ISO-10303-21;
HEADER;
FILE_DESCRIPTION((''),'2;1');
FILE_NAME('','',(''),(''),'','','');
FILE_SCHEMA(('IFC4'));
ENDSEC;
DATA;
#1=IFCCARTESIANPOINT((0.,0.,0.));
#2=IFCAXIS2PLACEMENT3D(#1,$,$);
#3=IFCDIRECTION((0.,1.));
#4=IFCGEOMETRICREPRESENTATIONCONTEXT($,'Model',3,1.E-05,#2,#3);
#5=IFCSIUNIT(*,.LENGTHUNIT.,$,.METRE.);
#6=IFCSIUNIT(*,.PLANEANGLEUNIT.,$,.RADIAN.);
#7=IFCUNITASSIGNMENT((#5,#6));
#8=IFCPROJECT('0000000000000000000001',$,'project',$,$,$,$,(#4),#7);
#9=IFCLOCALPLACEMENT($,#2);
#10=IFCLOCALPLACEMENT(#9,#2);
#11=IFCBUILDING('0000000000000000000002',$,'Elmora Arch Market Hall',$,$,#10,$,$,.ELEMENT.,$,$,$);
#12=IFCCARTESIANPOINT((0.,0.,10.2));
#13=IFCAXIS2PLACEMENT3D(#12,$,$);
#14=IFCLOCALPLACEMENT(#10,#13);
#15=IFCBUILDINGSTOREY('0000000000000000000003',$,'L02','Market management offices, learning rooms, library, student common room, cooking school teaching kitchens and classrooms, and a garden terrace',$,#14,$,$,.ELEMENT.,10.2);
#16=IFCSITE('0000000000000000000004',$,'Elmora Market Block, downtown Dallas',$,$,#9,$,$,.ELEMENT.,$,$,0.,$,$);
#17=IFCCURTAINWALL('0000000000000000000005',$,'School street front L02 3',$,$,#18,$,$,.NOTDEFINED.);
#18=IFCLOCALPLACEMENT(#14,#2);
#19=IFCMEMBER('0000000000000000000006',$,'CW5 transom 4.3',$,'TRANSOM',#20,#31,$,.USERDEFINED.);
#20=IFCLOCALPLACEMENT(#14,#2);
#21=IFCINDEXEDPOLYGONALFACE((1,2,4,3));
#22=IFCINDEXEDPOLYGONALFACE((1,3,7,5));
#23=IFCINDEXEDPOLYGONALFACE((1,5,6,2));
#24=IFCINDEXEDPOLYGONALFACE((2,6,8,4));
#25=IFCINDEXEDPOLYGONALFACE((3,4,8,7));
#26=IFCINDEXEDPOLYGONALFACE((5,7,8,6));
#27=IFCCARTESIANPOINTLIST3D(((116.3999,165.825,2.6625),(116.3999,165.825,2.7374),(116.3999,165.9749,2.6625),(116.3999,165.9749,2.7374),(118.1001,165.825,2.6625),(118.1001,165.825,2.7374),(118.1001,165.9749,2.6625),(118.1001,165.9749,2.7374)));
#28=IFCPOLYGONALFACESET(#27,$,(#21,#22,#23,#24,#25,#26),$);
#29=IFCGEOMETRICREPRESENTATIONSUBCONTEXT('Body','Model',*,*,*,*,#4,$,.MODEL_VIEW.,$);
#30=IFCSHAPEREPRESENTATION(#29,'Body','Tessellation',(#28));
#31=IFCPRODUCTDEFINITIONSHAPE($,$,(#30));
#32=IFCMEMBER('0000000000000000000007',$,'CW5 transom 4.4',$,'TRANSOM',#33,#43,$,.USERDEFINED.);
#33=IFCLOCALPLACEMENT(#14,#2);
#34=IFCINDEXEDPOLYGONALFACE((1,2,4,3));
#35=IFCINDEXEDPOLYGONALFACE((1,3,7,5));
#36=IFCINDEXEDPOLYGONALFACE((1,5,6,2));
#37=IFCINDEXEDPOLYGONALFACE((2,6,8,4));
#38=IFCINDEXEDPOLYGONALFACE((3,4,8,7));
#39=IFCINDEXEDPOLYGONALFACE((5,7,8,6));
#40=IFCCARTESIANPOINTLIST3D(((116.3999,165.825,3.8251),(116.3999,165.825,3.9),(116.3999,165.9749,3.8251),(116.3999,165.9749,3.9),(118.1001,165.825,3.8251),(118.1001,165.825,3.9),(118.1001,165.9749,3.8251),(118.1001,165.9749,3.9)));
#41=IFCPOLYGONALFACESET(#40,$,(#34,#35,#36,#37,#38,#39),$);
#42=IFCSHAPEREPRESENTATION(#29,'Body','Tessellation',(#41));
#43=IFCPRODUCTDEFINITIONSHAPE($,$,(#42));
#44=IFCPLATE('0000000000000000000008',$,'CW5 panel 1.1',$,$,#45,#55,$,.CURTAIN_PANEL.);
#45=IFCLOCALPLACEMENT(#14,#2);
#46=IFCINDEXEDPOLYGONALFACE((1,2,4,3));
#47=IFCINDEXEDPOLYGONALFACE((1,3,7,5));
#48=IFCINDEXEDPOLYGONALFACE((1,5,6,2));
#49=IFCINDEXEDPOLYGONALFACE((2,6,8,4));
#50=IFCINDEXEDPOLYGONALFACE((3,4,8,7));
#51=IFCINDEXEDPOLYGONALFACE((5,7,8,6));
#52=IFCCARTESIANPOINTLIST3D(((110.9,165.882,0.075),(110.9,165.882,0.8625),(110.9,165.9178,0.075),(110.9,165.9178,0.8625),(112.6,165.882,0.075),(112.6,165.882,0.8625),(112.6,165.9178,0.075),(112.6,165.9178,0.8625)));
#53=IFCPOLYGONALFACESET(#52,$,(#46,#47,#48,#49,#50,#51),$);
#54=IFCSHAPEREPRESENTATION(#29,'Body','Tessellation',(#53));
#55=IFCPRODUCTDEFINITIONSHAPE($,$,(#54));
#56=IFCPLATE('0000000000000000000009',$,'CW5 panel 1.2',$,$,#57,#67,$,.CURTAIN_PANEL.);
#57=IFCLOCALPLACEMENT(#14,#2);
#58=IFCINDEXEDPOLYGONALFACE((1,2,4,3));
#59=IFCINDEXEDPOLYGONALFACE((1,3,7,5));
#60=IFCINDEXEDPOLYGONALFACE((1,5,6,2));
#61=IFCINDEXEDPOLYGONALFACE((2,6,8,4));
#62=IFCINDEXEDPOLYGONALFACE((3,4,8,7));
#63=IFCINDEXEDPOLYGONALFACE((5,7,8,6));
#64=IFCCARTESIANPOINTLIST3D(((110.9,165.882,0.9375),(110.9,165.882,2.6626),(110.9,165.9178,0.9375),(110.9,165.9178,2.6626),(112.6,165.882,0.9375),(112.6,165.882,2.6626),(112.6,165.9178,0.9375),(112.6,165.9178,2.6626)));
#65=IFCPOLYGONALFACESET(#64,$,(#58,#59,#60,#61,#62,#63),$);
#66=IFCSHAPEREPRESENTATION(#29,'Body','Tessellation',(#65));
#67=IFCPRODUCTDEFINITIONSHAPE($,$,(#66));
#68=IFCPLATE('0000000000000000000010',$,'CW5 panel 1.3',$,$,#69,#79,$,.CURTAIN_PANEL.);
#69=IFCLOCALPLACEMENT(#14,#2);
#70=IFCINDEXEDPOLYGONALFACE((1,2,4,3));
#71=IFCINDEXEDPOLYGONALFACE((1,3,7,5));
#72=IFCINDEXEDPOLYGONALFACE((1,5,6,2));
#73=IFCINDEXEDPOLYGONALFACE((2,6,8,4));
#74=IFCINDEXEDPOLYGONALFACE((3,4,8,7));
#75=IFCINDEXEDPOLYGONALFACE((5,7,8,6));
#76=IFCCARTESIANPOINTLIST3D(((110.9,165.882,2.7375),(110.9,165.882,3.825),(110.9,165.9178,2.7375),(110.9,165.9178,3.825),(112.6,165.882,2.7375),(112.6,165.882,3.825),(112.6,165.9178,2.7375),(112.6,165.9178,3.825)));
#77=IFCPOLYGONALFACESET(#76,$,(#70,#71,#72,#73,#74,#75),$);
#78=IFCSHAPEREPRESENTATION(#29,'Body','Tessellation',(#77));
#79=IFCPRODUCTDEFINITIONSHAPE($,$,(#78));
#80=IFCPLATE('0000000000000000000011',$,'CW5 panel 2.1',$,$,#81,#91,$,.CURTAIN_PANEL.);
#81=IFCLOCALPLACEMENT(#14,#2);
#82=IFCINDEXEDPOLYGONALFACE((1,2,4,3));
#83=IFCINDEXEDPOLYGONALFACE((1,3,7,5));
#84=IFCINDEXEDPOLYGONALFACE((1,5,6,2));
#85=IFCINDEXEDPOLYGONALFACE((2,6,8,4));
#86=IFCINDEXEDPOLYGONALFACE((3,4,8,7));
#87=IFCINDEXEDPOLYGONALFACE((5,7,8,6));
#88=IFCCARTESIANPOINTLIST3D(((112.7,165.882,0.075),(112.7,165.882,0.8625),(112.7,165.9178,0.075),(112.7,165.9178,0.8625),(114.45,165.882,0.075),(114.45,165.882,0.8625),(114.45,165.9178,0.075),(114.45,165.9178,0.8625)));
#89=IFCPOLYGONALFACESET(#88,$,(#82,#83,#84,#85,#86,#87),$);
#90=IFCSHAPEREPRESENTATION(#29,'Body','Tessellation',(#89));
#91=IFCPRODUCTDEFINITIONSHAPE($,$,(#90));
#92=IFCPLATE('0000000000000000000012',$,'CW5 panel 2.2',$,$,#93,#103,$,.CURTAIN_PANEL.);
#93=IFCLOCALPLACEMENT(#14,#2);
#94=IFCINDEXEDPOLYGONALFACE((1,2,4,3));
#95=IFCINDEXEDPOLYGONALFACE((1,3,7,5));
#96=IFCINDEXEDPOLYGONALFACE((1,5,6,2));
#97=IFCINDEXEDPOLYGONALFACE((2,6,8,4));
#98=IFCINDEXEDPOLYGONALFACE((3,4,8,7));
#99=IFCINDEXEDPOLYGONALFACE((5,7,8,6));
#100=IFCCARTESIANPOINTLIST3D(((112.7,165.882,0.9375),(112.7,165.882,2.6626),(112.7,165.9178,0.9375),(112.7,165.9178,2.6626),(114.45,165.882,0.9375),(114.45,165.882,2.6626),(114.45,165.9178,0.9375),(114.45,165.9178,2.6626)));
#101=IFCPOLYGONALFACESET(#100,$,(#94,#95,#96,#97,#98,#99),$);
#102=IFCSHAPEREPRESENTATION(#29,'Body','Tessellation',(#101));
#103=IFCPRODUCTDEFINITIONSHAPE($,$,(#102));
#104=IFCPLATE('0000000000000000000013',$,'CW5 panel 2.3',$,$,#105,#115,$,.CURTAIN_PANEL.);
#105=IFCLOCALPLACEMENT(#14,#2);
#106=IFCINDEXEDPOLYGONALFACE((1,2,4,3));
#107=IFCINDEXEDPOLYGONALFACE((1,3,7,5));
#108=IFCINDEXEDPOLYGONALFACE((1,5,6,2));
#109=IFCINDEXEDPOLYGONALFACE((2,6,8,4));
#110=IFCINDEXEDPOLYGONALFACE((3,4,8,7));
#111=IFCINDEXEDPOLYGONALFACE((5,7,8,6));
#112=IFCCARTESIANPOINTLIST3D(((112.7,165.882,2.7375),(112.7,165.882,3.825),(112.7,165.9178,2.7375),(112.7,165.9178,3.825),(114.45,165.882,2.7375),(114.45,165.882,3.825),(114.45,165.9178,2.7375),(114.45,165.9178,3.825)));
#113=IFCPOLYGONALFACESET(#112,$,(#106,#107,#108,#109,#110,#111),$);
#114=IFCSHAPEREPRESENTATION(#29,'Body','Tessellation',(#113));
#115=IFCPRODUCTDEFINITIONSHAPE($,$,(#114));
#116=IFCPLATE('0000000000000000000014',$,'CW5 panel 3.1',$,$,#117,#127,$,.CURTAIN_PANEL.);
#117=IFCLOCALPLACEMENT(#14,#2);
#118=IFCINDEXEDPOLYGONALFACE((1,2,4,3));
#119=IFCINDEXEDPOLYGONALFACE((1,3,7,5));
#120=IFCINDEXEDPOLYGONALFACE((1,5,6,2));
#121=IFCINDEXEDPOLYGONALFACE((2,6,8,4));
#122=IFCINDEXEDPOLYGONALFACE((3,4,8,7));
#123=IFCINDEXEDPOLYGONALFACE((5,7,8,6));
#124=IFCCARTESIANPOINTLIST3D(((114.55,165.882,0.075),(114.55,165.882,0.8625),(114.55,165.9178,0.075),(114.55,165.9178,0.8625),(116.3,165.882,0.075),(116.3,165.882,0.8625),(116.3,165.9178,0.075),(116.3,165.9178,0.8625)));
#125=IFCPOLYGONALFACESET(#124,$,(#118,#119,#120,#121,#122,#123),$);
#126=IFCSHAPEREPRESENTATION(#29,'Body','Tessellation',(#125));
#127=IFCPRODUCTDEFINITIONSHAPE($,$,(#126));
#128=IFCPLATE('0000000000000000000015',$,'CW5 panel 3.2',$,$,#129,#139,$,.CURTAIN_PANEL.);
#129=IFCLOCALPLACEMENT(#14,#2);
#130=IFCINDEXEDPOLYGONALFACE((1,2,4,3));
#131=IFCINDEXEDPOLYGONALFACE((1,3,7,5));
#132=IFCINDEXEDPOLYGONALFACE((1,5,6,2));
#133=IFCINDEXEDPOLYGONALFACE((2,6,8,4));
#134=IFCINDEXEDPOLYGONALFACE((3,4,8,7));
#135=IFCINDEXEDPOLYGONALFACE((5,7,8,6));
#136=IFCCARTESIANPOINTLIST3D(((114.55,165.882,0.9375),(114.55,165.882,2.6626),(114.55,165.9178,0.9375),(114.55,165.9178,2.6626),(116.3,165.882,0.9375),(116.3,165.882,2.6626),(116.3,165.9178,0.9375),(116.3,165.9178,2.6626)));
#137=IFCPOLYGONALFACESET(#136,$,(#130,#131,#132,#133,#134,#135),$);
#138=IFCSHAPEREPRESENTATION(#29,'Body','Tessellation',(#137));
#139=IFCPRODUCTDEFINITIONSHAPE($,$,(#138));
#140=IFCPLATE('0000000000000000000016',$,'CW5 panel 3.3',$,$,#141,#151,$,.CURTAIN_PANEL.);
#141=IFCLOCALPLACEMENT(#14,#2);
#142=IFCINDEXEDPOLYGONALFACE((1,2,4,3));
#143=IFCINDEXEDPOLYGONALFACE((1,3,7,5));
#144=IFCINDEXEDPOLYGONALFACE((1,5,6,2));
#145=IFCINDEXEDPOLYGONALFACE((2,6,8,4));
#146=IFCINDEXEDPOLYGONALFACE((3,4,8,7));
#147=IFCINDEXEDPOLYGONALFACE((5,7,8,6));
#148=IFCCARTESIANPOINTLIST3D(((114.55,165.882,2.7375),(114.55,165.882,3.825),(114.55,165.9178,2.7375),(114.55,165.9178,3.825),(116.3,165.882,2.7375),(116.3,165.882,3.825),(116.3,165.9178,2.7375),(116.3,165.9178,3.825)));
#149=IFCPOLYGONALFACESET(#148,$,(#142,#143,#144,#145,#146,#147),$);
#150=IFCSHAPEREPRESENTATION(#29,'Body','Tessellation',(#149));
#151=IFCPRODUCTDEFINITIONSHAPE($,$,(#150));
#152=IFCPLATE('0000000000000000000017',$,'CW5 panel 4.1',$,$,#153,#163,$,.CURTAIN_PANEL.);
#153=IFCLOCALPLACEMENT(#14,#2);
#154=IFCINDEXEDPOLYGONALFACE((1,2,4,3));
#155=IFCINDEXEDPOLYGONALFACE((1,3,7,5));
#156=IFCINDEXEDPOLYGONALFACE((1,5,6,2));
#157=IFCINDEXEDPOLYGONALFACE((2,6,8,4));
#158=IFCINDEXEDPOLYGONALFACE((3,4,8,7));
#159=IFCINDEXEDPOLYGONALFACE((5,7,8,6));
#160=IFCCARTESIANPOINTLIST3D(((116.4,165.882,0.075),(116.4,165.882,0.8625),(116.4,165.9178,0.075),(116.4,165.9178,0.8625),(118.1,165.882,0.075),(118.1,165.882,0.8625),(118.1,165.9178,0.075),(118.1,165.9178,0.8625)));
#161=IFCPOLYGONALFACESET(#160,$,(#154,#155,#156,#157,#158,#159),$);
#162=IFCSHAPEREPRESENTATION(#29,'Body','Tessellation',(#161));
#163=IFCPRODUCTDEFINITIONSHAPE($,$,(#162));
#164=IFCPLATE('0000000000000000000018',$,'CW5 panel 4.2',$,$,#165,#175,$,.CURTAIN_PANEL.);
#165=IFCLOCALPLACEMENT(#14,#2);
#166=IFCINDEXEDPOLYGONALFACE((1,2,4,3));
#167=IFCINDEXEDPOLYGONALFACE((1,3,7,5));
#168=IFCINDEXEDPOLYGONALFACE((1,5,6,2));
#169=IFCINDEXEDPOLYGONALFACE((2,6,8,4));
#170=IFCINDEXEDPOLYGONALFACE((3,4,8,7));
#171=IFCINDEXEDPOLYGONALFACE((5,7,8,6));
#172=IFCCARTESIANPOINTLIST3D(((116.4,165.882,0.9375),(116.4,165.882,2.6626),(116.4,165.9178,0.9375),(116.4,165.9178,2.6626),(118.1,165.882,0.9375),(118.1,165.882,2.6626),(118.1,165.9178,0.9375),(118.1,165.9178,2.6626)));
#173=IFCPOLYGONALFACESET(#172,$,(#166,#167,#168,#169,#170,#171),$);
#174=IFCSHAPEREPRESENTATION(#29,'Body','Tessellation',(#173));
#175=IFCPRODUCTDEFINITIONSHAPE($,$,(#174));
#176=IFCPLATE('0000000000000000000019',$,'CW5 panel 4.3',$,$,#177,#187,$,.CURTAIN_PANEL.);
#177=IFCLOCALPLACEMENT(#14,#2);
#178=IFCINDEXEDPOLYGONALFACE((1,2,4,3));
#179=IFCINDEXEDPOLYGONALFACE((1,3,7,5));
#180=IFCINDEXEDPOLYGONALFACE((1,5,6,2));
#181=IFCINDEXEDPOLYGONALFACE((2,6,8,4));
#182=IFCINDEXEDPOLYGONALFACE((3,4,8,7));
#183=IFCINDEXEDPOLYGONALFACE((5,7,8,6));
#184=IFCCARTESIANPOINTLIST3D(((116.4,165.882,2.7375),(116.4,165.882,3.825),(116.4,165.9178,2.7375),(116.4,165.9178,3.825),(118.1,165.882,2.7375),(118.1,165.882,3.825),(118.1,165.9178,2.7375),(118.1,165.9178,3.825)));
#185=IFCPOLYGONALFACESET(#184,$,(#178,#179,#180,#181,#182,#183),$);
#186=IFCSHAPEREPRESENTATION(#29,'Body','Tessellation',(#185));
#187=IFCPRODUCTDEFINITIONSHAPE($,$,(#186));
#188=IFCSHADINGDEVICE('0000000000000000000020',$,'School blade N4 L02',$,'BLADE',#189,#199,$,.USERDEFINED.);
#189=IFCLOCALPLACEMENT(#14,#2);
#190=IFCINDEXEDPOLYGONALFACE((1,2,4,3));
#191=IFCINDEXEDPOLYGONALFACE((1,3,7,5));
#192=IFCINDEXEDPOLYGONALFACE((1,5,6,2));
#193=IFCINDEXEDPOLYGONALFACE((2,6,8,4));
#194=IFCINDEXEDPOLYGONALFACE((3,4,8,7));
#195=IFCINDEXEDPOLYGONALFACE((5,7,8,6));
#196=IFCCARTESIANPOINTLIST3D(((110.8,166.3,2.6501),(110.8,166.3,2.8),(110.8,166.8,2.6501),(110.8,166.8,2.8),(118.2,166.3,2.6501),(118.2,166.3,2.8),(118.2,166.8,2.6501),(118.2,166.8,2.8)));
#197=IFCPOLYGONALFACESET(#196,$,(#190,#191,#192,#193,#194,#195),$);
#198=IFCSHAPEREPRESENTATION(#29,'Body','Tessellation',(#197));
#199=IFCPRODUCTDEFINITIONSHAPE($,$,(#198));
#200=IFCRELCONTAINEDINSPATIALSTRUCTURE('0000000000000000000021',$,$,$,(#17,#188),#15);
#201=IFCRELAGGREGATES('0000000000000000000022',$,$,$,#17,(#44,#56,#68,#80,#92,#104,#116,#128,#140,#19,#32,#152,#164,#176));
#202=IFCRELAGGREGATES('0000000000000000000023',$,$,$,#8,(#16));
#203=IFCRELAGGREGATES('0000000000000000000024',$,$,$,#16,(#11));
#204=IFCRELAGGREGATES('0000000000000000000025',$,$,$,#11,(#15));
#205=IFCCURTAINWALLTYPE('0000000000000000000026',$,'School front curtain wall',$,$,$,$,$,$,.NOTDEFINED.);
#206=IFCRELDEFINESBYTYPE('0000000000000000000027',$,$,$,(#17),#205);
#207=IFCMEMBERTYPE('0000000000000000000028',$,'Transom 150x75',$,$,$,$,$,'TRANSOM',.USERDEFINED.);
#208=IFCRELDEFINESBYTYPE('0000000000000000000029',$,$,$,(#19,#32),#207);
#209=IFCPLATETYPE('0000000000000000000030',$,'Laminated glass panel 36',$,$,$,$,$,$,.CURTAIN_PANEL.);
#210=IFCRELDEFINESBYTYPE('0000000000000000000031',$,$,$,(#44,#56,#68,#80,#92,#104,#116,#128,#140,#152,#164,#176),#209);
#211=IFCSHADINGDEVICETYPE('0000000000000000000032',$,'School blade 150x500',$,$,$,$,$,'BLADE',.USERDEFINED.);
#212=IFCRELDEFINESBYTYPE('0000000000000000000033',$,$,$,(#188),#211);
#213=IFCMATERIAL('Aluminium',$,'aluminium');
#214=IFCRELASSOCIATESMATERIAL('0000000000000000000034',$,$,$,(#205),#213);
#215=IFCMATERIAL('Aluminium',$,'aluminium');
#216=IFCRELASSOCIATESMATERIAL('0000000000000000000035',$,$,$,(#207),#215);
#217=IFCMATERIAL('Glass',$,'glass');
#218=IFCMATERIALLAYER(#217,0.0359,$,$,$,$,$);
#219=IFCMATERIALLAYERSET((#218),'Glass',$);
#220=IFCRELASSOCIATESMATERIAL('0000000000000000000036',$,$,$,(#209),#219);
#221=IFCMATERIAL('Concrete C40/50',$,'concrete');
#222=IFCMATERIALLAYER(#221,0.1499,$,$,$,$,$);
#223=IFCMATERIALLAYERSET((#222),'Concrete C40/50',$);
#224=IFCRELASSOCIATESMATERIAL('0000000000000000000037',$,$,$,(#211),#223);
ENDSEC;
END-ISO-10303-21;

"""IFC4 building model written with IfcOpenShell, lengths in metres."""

from ifc_helpers import new_model, si_unit, direction, frame, origin, origin_2d, place, context, subcontext, project, spatial, rectangle, extrude, material, layer, layer_set, material_profile, profile_set, type_object, element, aggregate, save


model = new_model("IFC4")

# Units and contexts
model_context = context("Model", 3, precision=1e-05, world=origin(), true_north=direction((0.0, 1.0)))
body_context = subcontext(model_context, "Body", "Model", "MODEL_VIEW")
ifc_project = project(units=[si_unit("LENGTHUNIT", "METRE"), si_unit("PLANEANGLEUNIT", "RADIAN")], contexts=[model_context])

# Site, building, storey
site_placement = place(None, origin())
site = spatial("IfcSite", under=ifc_project, at=site_placement, Name="Elmora Market Block, downtown Dallas", CompositionType="ELEMENT", RefElevation=0.0)
building_placement = place(site_placement, origin())
building = spatial("IfcBuilding", under=site, at=building_placement, Name="Elmora Arch Market Hall", CompositionType="ELEMENT")
storey_placement = place(building_placement, frame((0.0, 0.0, 10.2)))
storey = spatial("IfcBuildingStorey", under=building, at=storey_placement, Name="L02", Description="Market management offices, learning rooms, library, student common room, cooking school teaching kitchens and classrooms, and a garden terrace", CompositionType="ELEMENT", Elevation=10.2)

# Curtain wall, members, plates
ifc_material_1 = material(Name="Aluminium", Category="aluminium")
curtain_wall_type = type_object("IfcCurtainWallType", Name="School front curtain wall", PredefinedType="NOTDEFINED", material=ifc_material_1)
curtain_wall_placement = place(storey_placement, origin())
curtain_wall = element("IfcCurtainWall", 1, at=curtain_wall_placement, inside=storey, type_object=curtain_wall_type, Name="School street front L02 3", PredefinedType="NOTDEFINED")
ifc_material_2 = material(Name="Aluminium", Category="aluminium")
ifc_material_profile_1 = material_profile(ifc_material_2, rectangle(XDim=0.1499, YDim=0.075, at=origin_2d()), Name="AL 150x75")
ifc_profile_set_1 = profile_set([ifc_material_profile_1], Name="Aluminium")
member_type_1 = type_object("IfcMemberType", Name="Transom 150x75", ElementType="TRANSOM", PredefinedType="USERDEFINED", material=ifc_profile_set_1)
member_1_placement = place(storey_placement, frame((116.3999, 165.8999, 2.7), z_axis=(1.0, 0.0, 0.0), x_axis=(0.0, 1.0, 0.0)))
member_1 = element("IfcMember", 2, at=member_1_placement, type_object=member_type_1, Name="CW5 transom 4.3", ObjectType="TRANSOM", PredefinedType="USERDEFINED", context=body_context, shape_type="SweptSolid", body=[
    extrude(rectangle(XDim=0.1499, YDim=0.075, at=origin_2d()), origin(), (0.0, 0.0, 1.0), 1.7002),
])
member_2_placement = place(storey_placement, frame((116.3999, 165.8999, 3.8625), z_axis=(1.0, 0.0, 0.0), x_axis=(0.0, 1.0, 0.0)))
member_2 = element("IfcMember", 3, at=member_2_placement, type_object=member_type_1, Name="CW5 transom 4.4", ObjectType="TRANSOM", PredefinedType="USERDEFINED", context=body_context, shape_type="SweptSolid", body=[
    extrude(rectangle(XDim=0.1499, YDim=0.075, at=origin_2d()), origin(), (0.0, 0.0, 1.0), 1.7002),
])
ifc_material_3 = material(Name="Glass", Category="glass")
ifc_layer_1 = layer(ifc_material_3, 0.0359)
ifc_layer_set_1 = layer_set([ifc_layer_1], Name="Glass")
plate_type = type_object("IfcPlateType", Name="Laminated glass panel 36", PredefinedType="CURTAIN_PANEL", material=ifc_layer_set_1)
plate_1_placement = place(storey_placement, frame((111.75, 165.8999, 0.075), z_axis=(0.0, 0.0, 1.0), x_axis=(1.0, 0.0, 0.0)))
plate_1 = element("IfcPlate", 4, at=plate_1_placement, type_object=plate_type, Name="CW5 panel 1.1", PredefinedType="CURTAIN_PANEL", context=body_context, shape_type="SweptSolid", body=[
    extrude(rectangle(XDim=1.7, YDim=0.0359, at=origin_2d()), origin(), (0.0, 0.0, 1.0), 0.7876),
])
plate_2_placement = place(storey_placement, frame((111.75, 165.8999, 0.9375), z_axis=(0.0, 0.0, 1.0), x_axis=(1.0, 0.0, 0.0)))
plate_2 = element("IfcPlate", 5, at=plate_2_placement, type_object=plate_type, Name="CW5 panel 1.2", PredefinedType="CURTAIN_PANEL", context=body_context, shape_type="SweptSolid", body=[
    extrude(rectangle(XDim=1.7, YDim=0.0359, at=origin_2d()), origin(), (0.0, 0.0, 1.0), 1.7251),
])
plate_3_placement = place(storey_placement, frame((111.75, 165.8999, 2.7375), z_axis=(0.0, 0.0, 1.0), x_axis=(1.0, 0.0, 0.0)))
plate_3 = element("IfcPlate", 6, at=plate_3_placement, type_object=plate_type, Name="CW5 panel 1.3", PredefinedType="CURTAIN_PANEL", context=body_context, shape_type="SweptSolid", body=[
    extrude(rectangle(XDim=1.7, YDim=0.0359, at=origin_2d()), origin(), (0.0, 0.0, 1.0), 1.0874),
])
plate_4_placement = place(storey_placement, frame((113.575, 165.8999, 0.075), z_axis=(0.0, 0.0, 1.0), x_axis=(1.0, 0.0, 0.0)))
plate_4 = element("IfcPlate", 7, at=plate_4_placement, type_object=plate_type, Name="CW5 panel 2.1", PredefinedType="CURTAIN_PANEL", context=body_context, shape_type="SweptSolid", body=[
    extrude(rectangle(XDim=1.75, YDim=0.0359, at=origin_2d()), origin(), (0.0, 0.0, 1.0), 0.7876),
])
plate_5_placement = place(storey_placement, frame((113.575, 165.8999, 0.9375), z_axis=(0.0, 0.0, 1.0), x_axis=(1.0, 0.0, 0.0)))
plate_5 = element("IfcPlate", 8, at=plate_5_placement, type_object=plate_type, Name="CW5 panel 2.2", PredefinedType="CURTAIN_PANEL", context=body_context, shape_type="SweptSolid", body=[
    extrude(rectangle(XDim=1.75, YDim=0.0359, at=origin_2d()), origin(), (0.0, 0.0, 1.0), 1.7251),
])
plate_6_placement = place(storey_placement, frame((113.575, 165.8999, 2.7375), z_axis=(0.0, 0.0, 1.0), x_axis=(1.0, 0.0, 0.0)))
plate_6 = element("IfcPlate", 9, at=plate_6_placement, type_object=plate_type, Name="CW5 panel 2.3", PredefinedType="CURTAIN_PANEL", context=body_context, shape_type="SweptSolid", body=[
    extrude(rectangle(XDim=1.75, YDim=0.0359, at=origin_2d()), origin(), (0.0, 0.0, 1.0), 1.0874),
])
plate_7_placement = place(storey_placement, frame((115.425, 165.8999, 0.075), z_axis=(0.0, 0.0, 1.0), x_axis=(1.0, 0.0, 0.0)))
plate_7 = element("IfcPlate", 10, at=plate_7_placement, type_object=plate_type, Name="CW5 panel 3.1", PredefinedType="CURTAIN_PANEL", context=body_context, shape_type="SweptSolid", body=[
    extrude(rectangle(XDim=1.75, YDim=0.0359, at=origin_2d()), origin(), (0.0, 0.0, 1.0), 0.7876),
])
plate_8_placement = place(storey_placement, frame((115.425, 165.8999, 0.9375), z_axis=(0.0, 0.0, 1.0), x_axis=(1.0, 0.0, 0.0)))
plate_8 = element("IfcPlate", 11, at=plate_8_placement, type_object=plate_type, Name="CW5 panel 3.2", PredefinedType="CURTAIN_PANEL", context=body_context, shape_type="SweptSolid", body=[
    extrude(rectangle(XDim=1.75, YDim=0.0359, at=origin_2d()), origin(), (0.0, 0.0, 1.0), 1.7251),
])
plate_9_placement = place(storey_placement, frame((115.425, 165.8999, 2.7375), z_axis=(0.0, 0.0, 1.0), x_axis=(1.0, 0.0, 0.0)))
plate_9 = element("IfcPlate", 12, at=plate_9_placement, type_object=plate_type, Name="CW5 panel 3.3", PredefinedType="CURTAIN_PANEL", context=body_context, shape_type="SweptSolid", body=[
    extrude(rectangle(XDim=1.75, YDim=0.0359, at=origin_2d()), origin(), (0.0, 0.0, 1.0), 1.0874),
])
plate_10_placement = place(storey_placement, frame((117.25, 165.8999, 0.075), z_axis=(0.0, 0.0, 1.0), x_axis=(1.0, 0.0, 0.0)))
plate_10 = element("IfcPlate", 13, at=plate_10_placement, type_object=plate_type, Name="CW5 panel 4.1", PredefinedType="CURTAIN_PANEL", context=body_context, shape_type="SweptSolid", body=[
    extrude(rectangle(XDim=1.7, YDim=0.0359, at=origin_2d()), origin(), (0.0, 0.0, 1.0), 0.7876),
])
plate_11_placement = place(storey_placement, frame((117.25, 165.8999, 0.9375), z_axis=(0.0, 0.0, 1.0), x_axis=(1.0, 0.0, 0.0)))
plate_11 = element("IfcPlate", 14, at=plate_11_placement, type_object=plate_type, Name="CW5 panel 4.2", PredefinedType="CURTAIN_PANEL", context=body_context, shape_type="SweptSolid", body=[
    extrude(rectangle(XDim=1.7, YDim=0.0359, at=origin_2d()), origin(), (0.0, 0.0, 1.0), 1.7251),
])
plate_12_placement = place(storey_placement, frame((117.25, 165.8999, 2.7375), z_axis=(0.0, 0.0, 1.0), x_axis=(1.0, 0.0, 0.0)))
plate_12 = element("IfcPlate", 15, at=plate_12_placement, type_object=plate_type, Name="CW5 panel 4.3", PredefinedType="CURTAIN_PANEL", context=body_context, shape_type="SweptSolid", body=[
    extrude(rectangle(XDim=1.7, YDim=0.0359, at=origin_2d()), origin(), (0.0, 0.0, 1.0), 1.0874),
])
aggregate(curtain_wall, [plate_1, plate_2, plate_3, plate_4, plate_5, plate_6, plate_7, plate_8, plate_9, member_1, member_2, plate_10, plate_11, plate_12])

# Shading device
ifc_material_4 = material(Name="Concrete C40/50", Category="concrete")
ifc_layer_2 = layer(ifc_material_4, 0.1499)
ifc_layer_set_2 = layer_set([ifc_layer_2], Name="Concrete C40/50")
shading_device_type = type_object("IfcShadingDeviceType", Name="School blade 150x500", ElementType="BLADE", PredefinedType="USERDEFINED", material=ifc_layer_set_2)
shading_device_placement = place(storey_placement, frame((114.5, 166.55, 2.6501), z_axis=(0.0, 0.0, 1.0), x_axis=(1.0, 0.0, 0.0)))
element("IfcShadingDevice", 16, at=shading_device_placement, inside=storey, type_object=shading_device_type, Name="School blade N4 L02", ObjectType="BLADE", PredefinedType="USERDEFINED", context=body_context, shape_type="SweptSolid", body=[
    extrude(rectangle(XDim=7.3999, YDim=0.5, at=origin_2d()), origin(), (0.0, 0.0, 1.0), 0.1499),
])

save(model, "model.ifc")
